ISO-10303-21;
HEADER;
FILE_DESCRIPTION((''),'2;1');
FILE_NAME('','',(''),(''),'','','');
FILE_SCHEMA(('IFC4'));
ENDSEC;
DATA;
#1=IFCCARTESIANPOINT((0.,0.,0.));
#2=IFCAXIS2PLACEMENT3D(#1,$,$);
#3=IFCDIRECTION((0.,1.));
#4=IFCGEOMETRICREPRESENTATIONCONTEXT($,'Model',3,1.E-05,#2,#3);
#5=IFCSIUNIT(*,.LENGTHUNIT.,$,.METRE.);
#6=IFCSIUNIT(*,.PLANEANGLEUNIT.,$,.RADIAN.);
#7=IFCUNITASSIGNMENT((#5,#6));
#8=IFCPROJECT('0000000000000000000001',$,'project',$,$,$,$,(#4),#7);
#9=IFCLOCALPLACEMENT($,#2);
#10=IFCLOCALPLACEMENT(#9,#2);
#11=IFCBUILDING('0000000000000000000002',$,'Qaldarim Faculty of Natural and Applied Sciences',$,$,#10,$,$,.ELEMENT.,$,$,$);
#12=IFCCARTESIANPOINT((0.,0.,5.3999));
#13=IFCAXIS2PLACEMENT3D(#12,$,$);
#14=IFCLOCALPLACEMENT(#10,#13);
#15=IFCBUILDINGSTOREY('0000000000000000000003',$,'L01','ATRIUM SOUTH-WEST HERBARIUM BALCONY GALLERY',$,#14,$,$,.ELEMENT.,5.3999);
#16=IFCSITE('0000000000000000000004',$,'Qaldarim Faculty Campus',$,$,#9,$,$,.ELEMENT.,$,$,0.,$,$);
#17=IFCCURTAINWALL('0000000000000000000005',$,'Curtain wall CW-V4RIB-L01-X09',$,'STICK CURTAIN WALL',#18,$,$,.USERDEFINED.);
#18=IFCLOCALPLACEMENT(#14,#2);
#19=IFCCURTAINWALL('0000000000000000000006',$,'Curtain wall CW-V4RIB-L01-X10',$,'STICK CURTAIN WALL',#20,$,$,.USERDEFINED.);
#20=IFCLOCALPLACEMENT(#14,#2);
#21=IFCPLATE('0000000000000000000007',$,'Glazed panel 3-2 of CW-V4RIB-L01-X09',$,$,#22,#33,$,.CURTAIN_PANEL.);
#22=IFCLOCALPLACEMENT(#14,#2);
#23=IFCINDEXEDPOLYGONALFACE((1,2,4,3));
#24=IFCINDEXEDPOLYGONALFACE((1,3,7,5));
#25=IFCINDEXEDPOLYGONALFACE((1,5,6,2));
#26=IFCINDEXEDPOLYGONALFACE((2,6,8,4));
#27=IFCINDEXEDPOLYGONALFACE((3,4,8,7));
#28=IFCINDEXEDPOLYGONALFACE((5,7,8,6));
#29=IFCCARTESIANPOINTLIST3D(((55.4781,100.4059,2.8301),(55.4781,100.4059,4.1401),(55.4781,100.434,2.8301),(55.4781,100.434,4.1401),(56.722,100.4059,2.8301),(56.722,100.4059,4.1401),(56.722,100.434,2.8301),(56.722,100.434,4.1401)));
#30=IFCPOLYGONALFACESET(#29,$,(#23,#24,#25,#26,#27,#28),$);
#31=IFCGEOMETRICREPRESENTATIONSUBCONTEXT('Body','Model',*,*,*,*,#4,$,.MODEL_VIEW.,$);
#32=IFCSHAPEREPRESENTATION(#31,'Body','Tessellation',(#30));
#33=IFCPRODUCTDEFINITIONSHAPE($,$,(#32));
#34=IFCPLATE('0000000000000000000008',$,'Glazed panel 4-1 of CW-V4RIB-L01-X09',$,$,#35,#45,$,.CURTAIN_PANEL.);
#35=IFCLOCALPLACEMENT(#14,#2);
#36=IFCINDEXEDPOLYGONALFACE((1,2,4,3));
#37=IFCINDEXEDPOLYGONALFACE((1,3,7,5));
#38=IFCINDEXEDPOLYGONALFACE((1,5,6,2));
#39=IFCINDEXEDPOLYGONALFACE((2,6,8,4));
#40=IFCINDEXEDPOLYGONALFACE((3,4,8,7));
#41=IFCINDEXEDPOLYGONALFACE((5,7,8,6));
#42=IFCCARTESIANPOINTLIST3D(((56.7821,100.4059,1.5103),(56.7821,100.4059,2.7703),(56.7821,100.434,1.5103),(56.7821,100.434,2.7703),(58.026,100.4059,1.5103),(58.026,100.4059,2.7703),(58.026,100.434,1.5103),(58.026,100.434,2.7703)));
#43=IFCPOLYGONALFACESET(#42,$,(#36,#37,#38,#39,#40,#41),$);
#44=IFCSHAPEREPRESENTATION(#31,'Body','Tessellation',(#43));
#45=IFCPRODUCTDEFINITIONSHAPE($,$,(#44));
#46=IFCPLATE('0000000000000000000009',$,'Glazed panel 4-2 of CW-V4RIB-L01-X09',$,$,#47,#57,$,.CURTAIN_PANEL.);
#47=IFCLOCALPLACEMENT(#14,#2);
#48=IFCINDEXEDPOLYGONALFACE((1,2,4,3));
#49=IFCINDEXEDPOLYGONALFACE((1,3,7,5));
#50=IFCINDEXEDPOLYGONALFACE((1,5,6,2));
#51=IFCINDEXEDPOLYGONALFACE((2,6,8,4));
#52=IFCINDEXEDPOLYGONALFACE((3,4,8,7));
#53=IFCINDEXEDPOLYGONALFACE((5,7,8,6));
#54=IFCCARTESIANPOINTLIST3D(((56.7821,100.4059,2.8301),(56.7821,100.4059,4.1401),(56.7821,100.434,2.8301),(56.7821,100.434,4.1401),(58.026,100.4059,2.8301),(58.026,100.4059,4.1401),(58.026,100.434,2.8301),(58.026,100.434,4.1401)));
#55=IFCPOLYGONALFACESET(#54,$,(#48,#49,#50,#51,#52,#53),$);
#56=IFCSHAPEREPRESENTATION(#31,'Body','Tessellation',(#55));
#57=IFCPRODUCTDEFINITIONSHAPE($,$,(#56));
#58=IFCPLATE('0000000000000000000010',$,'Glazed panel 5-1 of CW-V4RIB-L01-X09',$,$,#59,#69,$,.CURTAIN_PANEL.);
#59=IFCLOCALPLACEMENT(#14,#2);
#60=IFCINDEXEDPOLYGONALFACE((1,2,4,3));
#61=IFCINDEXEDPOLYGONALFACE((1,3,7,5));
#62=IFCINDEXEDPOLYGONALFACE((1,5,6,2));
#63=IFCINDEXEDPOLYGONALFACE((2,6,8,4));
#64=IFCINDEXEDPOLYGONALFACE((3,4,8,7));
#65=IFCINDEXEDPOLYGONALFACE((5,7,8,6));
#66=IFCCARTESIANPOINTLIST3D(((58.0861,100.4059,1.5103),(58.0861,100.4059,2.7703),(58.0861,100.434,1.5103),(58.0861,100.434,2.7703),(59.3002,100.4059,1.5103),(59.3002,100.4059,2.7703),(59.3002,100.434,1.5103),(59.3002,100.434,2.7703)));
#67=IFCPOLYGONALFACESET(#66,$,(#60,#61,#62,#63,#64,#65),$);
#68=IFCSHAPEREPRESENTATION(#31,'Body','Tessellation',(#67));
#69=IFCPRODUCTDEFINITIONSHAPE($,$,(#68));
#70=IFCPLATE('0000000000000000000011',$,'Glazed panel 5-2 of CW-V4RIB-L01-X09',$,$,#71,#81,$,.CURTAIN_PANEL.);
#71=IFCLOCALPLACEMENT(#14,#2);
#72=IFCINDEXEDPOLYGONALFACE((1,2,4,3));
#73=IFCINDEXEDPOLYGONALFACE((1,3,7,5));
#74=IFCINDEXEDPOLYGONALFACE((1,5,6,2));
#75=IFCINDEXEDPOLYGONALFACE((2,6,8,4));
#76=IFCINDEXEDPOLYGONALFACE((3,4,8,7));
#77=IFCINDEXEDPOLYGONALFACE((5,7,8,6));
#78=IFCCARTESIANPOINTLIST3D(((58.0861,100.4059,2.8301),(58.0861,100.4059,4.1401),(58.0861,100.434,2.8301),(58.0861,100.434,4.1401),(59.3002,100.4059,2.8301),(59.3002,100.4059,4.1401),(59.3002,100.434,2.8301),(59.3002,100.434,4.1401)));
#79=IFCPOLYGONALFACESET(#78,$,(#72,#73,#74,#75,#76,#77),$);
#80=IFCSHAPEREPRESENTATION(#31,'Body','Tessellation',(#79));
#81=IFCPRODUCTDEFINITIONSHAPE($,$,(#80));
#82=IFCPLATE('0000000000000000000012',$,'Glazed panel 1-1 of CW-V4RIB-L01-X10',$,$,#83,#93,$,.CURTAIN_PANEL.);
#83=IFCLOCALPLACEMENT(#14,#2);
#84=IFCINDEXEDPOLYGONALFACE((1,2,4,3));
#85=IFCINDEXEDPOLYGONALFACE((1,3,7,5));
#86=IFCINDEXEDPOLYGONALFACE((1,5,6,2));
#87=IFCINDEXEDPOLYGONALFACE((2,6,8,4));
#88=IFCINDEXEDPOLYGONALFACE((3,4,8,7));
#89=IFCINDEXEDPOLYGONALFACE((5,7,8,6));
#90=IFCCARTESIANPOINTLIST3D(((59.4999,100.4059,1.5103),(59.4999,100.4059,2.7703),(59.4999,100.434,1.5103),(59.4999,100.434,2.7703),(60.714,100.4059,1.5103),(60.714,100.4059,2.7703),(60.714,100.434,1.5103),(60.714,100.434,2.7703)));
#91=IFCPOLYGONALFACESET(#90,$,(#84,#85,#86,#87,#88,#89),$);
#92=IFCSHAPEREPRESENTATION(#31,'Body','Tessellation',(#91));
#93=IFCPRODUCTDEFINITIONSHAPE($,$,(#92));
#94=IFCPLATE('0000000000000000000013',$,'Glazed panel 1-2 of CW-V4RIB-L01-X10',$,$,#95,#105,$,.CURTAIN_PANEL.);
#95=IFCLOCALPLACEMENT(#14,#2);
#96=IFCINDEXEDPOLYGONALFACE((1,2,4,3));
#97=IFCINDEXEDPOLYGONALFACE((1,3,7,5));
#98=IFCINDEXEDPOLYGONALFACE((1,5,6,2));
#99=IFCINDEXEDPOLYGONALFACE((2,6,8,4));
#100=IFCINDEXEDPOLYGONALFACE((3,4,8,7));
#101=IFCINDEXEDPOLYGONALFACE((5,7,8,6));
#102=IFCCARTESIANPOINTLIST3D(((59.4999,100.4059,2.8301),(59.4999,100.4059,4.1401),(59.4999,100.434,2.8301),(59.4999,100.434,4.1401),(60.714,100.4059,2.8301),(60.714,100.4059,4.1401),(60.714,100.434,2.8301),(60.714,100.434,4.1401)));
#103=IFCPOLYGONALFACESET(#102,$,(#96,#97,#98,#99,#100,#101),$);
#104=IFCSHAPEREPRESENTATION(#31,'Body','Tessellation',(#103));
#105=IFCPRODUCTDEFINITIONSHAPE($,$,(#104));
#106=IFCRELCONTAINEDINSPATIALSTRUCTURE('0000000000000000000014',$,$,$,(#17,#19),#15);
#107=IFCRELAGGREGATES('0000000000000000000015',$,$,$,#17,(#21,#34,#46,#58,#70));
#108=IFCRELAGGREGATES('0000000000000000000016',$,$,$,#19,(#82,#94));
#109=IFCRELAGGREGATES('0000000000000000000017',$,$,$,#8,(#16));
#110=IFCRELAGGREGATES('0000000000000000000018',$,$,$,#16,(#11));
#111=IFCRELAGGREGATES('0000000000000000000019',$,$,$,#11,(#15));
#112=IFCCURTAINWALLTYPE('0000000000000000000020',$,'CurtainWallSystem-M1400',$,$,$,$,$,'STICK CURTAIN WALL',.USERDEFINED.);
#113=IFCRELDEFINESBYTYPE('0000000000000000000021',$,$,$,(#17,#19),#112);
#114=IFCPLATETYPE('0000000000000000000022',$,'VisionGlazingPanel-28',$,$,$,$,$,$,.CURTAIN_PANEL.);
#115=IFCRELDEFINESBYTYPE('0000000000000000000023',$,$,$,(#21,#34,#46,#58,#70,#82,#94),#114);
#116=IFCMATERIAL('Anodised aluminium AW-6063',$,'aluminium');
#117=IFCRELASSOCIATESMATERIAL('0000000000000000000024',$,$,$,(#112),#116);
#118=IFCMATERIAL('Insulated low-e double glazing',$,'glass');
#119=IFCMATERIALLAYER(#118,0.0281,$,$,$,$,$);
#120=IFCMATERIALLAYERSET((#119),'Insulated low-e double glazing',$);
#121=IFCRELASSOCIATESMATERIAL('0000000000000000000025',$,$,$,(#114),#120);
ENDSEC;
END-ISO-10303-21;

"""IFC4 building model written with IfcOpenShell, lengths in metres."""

from ifc_helpers import new_model, si_unit, direction, frame, origin, origin_2d, place, context, subcontext, project, spatial, rectangle, extrude, material, layer, layer_set, type_object, element, aggregate, save


model = new_model("IFC4")

# Units and contexts
model_context = context("Model", 3, precision=1e-05, world=origin(), true_north=direction((0.0, 1.0)))
body_context = subcontext(model_context, "Body", "Model", "MODEL_VIEW")
ifc_project = project(units=[si_unit("LENGTHUNIT", "METRE"), si_unit("PLANEANGLEUNIT", "RADIAN")], contexts=[model_context])

# Site, building, storey
site_placement = place(None, origin())
site = spatial("IfcSite", under=ifc_project, at=site_placement, Name="Qaldarim Faculty Campus", CompositionType="ELEMENT", RefElevation=0.0)
building_placement = place(site_placement, origin())
building = spatial("IfcBuilding", under=site, at=building_placement, Name="Qaldarim Faculty of Natural and Applied Sciences", CompositionType="ELEMENT")
storey_placement = place(building_placement, frame((0.0, 0.0, 5.3999)))
storey = spatial("IfcBuildingStorey", under=building, at=storey_placement, Name="L01", Description="ATRIUM SOUTH-WEST HERBARIUM BALCONY GALLERY", CompositionType="ELEMENT", Elevation=5.3999)

# Curtain walls
ifc_material_1 = material(Name="Anodised aluminium AW-6063", Category="aluminium")
curtain_wall_type = type_object("IfcCurtainWallType", Name="CurtainWallSystem-M1400", ElementType="STICK CURTAIN WALL", PredefinedType="USERDEFINED", material=ifc_material_1)
curtain_wall_1_placement = place(storey_placement, origin())
curtain_wall_1 = element("IfcCurtainWall", 1, at=curtain_wall_1_placement, inside=storey, type_object=curtain_wall_type, Name="Curtain wall CW-V4RIB-L01-X09", ObjectType="STICK CURTAIN WALL", PredefinedType="USERDEFINED")
curtain_wall_2_placement = place(storey_placement, origin())
curtain_wall_2 = element("IfcCurtainWall", 2, at=curtain_wall_2_placement, inside=storey, type_object=curtain_wall_type, Name="Curtain wall CW-V4RIB-L01-X10", ObjectType="STICK CURTAIN WALL", PredefinedType="USERDEFINED")

# Plates
ifc_material_2 = material(Name="Insulated low-e double glazing", Category="glass")
ifc_layer = layer(ifc_material_2, 0.0281)
ifc_layer_set = layer_set([ifc_layer], Name="Insulated low-e double glazing")
plate_type = type_object("IfcPlateType", Name="VisionGlazingPanel-28", PredefinedType="CURTAIN_PANEL", material=ifc_layer_set)
plate_1_placement = place(storey_placement, frame((56.1001, 100.4199, 2.8301), z_axis=(0.0, 0.0, 1.0), x_axis=(1.0, 0.0, 0.0)))
plate_1 = element("IfcPlate", 3, at=plate_1_placement, type_object=plate_type, Name="Glazed panel 3-2 of CW-V4RIB-L01-X09", PredefinedType="CURTAIN_PANEL", context=body_context, shape_type="SweptSolid", body=[
    extrude(rectangle(XDim=1.2439, YDim=0.0281, at=origin_2d()), origin(), (0.0, 0.0, 1.0), 1.3101),
])
plate_2_placement = place(storey_placement, frame((57.4041, 100.4199, 1.5103), z_axis=(0.0, 0.0, 1.0), x_axis=(1.0, 0.0, 0.0)))
plate_2 = element("IfcPlate", 4, at=plate_2_placement, type_object=plate_type, Name="Glazed panel 4-1 of CW-V4RIB-L01-X09", PredefinedType="CURTAIN_PANEL", context=body_context, shape_type="SweptSolid", body=[
    extrude(rectangle(XDim=1.2439, YDim=0.0281, at=origin_2d()), origin(), (0.0, 0.0, 1.0), 1.26),
])
plate_3_placement = place(storey_placement, frame((57.4041, 100.4199, 2.8301), z_axis=(0.0, 0.0, 1.0), x_axis=(1.0, 0.0, 0.0)))
plate_3 = element("IfcPlate", 5, at=plate_3_placement, type_object=plate_type, Name="Glazed panel 4-2 of CW-V4RIB-L01-X09", PredefinedType="CURTAIN_PANEL", context=body_context, shape_type="SweptSolid", body=[
    extrude(rectangle(XDim=1.2439, YDim=0.0281, at=origin_2d()), origin(), (0.0, 0.0, 1.0), 1.3101),
])
plate_4_placement = place(storey_placement, frame((58.6931, 100.4199, 1.5103), z_axis=(0.0, 0.0, 1.0), x_axis=(1.0, 0.0, 0.0)))
plate_4 = element("IfcPlate", 6, at=plate_4_placement, type_object=plate_type, Name="Glazed panel 5-1 of CW-V4RIB-L01-X09", PredefinedType="CURTAIN_PANEL", context=body_context, shape_type="SweptSolid", body=[
    extrude(rectangle(XDim=1.2141, YDim=0.0281, at=origin_2d()), origin(), (0.0, 0.0, 1.0), 1.26),
])
plate_5_placement = place(storey_placement, frame((58.6931, 100.4199, 2.8301), z_axis=(0.0, 0.0, 1.0), x_axis=(1.0, 0.0, 0.0)))
plate_5 = element("IfcPlate", 7, at=plate_5_placement, type_object=plate_type, Name="Glazed panel 5-2 of CW-V4RIB-L01-X09", PredefinedType="CURTAIN_PANEL", context=body_context, shape_type="SweptSolid", body=[
    extrude(rectangle(XDim=1.2141, YDim=0.0281, at=origin_2d()), origin(), (0.0, 0.0, 1.0), 1.3101),
])
aggregate(curtain_wall_1, [plate_1, plate_2, plate_3, plate_4, plate_5])
plate_6_placement = place(storey_placement, frame((60.1069, 100.4199, 1.5103), z_axis=(0.0, 0.0, 1.0), x_axis=(1.0, 0.0, 0.0)))
plate_6 = element("IfcPlate", 8, at=plate_6_placement, type_object=plate_type, Name="Glazed panel 1-1 of CW-V4RIB-L01-X10", PredefinedType="CURTAIN_PANEL", context=body_context, shape_type="SweptSolid", body=[
    extrude(rectangle(XDim=1.2141, YDim=0.0281, at=origin_2d()), origin(), (0.0, 0.0, 1.0), 1.26),
])
plate_7_placement = place(storey_placement, frame((60.1069, 100.4199, 2.8301), z_axis=(0.0, 0.0, 1.0), x_axis=(1.0, 0.0, 0.0)))
plate_7 = element("IfcPlate", 9, at=plate_7_placement, type_object=plate_type, Name="Glazed panel 1-2 of CW-V4RIB-L01-X10", PredefinedType="CURTAIN_PANEL", context=body_context, shape_type="SweptSolid", body=[
    extrude(rectangle(XDim=1.2141, YDim=0.0281, at=origin_2d()), origin(), (0.0, 0.0, 1.0), 1.3101),
])
aggregate(curtain_wall_2, [plate_6, plate_7])

save(model, "model.ifc")
